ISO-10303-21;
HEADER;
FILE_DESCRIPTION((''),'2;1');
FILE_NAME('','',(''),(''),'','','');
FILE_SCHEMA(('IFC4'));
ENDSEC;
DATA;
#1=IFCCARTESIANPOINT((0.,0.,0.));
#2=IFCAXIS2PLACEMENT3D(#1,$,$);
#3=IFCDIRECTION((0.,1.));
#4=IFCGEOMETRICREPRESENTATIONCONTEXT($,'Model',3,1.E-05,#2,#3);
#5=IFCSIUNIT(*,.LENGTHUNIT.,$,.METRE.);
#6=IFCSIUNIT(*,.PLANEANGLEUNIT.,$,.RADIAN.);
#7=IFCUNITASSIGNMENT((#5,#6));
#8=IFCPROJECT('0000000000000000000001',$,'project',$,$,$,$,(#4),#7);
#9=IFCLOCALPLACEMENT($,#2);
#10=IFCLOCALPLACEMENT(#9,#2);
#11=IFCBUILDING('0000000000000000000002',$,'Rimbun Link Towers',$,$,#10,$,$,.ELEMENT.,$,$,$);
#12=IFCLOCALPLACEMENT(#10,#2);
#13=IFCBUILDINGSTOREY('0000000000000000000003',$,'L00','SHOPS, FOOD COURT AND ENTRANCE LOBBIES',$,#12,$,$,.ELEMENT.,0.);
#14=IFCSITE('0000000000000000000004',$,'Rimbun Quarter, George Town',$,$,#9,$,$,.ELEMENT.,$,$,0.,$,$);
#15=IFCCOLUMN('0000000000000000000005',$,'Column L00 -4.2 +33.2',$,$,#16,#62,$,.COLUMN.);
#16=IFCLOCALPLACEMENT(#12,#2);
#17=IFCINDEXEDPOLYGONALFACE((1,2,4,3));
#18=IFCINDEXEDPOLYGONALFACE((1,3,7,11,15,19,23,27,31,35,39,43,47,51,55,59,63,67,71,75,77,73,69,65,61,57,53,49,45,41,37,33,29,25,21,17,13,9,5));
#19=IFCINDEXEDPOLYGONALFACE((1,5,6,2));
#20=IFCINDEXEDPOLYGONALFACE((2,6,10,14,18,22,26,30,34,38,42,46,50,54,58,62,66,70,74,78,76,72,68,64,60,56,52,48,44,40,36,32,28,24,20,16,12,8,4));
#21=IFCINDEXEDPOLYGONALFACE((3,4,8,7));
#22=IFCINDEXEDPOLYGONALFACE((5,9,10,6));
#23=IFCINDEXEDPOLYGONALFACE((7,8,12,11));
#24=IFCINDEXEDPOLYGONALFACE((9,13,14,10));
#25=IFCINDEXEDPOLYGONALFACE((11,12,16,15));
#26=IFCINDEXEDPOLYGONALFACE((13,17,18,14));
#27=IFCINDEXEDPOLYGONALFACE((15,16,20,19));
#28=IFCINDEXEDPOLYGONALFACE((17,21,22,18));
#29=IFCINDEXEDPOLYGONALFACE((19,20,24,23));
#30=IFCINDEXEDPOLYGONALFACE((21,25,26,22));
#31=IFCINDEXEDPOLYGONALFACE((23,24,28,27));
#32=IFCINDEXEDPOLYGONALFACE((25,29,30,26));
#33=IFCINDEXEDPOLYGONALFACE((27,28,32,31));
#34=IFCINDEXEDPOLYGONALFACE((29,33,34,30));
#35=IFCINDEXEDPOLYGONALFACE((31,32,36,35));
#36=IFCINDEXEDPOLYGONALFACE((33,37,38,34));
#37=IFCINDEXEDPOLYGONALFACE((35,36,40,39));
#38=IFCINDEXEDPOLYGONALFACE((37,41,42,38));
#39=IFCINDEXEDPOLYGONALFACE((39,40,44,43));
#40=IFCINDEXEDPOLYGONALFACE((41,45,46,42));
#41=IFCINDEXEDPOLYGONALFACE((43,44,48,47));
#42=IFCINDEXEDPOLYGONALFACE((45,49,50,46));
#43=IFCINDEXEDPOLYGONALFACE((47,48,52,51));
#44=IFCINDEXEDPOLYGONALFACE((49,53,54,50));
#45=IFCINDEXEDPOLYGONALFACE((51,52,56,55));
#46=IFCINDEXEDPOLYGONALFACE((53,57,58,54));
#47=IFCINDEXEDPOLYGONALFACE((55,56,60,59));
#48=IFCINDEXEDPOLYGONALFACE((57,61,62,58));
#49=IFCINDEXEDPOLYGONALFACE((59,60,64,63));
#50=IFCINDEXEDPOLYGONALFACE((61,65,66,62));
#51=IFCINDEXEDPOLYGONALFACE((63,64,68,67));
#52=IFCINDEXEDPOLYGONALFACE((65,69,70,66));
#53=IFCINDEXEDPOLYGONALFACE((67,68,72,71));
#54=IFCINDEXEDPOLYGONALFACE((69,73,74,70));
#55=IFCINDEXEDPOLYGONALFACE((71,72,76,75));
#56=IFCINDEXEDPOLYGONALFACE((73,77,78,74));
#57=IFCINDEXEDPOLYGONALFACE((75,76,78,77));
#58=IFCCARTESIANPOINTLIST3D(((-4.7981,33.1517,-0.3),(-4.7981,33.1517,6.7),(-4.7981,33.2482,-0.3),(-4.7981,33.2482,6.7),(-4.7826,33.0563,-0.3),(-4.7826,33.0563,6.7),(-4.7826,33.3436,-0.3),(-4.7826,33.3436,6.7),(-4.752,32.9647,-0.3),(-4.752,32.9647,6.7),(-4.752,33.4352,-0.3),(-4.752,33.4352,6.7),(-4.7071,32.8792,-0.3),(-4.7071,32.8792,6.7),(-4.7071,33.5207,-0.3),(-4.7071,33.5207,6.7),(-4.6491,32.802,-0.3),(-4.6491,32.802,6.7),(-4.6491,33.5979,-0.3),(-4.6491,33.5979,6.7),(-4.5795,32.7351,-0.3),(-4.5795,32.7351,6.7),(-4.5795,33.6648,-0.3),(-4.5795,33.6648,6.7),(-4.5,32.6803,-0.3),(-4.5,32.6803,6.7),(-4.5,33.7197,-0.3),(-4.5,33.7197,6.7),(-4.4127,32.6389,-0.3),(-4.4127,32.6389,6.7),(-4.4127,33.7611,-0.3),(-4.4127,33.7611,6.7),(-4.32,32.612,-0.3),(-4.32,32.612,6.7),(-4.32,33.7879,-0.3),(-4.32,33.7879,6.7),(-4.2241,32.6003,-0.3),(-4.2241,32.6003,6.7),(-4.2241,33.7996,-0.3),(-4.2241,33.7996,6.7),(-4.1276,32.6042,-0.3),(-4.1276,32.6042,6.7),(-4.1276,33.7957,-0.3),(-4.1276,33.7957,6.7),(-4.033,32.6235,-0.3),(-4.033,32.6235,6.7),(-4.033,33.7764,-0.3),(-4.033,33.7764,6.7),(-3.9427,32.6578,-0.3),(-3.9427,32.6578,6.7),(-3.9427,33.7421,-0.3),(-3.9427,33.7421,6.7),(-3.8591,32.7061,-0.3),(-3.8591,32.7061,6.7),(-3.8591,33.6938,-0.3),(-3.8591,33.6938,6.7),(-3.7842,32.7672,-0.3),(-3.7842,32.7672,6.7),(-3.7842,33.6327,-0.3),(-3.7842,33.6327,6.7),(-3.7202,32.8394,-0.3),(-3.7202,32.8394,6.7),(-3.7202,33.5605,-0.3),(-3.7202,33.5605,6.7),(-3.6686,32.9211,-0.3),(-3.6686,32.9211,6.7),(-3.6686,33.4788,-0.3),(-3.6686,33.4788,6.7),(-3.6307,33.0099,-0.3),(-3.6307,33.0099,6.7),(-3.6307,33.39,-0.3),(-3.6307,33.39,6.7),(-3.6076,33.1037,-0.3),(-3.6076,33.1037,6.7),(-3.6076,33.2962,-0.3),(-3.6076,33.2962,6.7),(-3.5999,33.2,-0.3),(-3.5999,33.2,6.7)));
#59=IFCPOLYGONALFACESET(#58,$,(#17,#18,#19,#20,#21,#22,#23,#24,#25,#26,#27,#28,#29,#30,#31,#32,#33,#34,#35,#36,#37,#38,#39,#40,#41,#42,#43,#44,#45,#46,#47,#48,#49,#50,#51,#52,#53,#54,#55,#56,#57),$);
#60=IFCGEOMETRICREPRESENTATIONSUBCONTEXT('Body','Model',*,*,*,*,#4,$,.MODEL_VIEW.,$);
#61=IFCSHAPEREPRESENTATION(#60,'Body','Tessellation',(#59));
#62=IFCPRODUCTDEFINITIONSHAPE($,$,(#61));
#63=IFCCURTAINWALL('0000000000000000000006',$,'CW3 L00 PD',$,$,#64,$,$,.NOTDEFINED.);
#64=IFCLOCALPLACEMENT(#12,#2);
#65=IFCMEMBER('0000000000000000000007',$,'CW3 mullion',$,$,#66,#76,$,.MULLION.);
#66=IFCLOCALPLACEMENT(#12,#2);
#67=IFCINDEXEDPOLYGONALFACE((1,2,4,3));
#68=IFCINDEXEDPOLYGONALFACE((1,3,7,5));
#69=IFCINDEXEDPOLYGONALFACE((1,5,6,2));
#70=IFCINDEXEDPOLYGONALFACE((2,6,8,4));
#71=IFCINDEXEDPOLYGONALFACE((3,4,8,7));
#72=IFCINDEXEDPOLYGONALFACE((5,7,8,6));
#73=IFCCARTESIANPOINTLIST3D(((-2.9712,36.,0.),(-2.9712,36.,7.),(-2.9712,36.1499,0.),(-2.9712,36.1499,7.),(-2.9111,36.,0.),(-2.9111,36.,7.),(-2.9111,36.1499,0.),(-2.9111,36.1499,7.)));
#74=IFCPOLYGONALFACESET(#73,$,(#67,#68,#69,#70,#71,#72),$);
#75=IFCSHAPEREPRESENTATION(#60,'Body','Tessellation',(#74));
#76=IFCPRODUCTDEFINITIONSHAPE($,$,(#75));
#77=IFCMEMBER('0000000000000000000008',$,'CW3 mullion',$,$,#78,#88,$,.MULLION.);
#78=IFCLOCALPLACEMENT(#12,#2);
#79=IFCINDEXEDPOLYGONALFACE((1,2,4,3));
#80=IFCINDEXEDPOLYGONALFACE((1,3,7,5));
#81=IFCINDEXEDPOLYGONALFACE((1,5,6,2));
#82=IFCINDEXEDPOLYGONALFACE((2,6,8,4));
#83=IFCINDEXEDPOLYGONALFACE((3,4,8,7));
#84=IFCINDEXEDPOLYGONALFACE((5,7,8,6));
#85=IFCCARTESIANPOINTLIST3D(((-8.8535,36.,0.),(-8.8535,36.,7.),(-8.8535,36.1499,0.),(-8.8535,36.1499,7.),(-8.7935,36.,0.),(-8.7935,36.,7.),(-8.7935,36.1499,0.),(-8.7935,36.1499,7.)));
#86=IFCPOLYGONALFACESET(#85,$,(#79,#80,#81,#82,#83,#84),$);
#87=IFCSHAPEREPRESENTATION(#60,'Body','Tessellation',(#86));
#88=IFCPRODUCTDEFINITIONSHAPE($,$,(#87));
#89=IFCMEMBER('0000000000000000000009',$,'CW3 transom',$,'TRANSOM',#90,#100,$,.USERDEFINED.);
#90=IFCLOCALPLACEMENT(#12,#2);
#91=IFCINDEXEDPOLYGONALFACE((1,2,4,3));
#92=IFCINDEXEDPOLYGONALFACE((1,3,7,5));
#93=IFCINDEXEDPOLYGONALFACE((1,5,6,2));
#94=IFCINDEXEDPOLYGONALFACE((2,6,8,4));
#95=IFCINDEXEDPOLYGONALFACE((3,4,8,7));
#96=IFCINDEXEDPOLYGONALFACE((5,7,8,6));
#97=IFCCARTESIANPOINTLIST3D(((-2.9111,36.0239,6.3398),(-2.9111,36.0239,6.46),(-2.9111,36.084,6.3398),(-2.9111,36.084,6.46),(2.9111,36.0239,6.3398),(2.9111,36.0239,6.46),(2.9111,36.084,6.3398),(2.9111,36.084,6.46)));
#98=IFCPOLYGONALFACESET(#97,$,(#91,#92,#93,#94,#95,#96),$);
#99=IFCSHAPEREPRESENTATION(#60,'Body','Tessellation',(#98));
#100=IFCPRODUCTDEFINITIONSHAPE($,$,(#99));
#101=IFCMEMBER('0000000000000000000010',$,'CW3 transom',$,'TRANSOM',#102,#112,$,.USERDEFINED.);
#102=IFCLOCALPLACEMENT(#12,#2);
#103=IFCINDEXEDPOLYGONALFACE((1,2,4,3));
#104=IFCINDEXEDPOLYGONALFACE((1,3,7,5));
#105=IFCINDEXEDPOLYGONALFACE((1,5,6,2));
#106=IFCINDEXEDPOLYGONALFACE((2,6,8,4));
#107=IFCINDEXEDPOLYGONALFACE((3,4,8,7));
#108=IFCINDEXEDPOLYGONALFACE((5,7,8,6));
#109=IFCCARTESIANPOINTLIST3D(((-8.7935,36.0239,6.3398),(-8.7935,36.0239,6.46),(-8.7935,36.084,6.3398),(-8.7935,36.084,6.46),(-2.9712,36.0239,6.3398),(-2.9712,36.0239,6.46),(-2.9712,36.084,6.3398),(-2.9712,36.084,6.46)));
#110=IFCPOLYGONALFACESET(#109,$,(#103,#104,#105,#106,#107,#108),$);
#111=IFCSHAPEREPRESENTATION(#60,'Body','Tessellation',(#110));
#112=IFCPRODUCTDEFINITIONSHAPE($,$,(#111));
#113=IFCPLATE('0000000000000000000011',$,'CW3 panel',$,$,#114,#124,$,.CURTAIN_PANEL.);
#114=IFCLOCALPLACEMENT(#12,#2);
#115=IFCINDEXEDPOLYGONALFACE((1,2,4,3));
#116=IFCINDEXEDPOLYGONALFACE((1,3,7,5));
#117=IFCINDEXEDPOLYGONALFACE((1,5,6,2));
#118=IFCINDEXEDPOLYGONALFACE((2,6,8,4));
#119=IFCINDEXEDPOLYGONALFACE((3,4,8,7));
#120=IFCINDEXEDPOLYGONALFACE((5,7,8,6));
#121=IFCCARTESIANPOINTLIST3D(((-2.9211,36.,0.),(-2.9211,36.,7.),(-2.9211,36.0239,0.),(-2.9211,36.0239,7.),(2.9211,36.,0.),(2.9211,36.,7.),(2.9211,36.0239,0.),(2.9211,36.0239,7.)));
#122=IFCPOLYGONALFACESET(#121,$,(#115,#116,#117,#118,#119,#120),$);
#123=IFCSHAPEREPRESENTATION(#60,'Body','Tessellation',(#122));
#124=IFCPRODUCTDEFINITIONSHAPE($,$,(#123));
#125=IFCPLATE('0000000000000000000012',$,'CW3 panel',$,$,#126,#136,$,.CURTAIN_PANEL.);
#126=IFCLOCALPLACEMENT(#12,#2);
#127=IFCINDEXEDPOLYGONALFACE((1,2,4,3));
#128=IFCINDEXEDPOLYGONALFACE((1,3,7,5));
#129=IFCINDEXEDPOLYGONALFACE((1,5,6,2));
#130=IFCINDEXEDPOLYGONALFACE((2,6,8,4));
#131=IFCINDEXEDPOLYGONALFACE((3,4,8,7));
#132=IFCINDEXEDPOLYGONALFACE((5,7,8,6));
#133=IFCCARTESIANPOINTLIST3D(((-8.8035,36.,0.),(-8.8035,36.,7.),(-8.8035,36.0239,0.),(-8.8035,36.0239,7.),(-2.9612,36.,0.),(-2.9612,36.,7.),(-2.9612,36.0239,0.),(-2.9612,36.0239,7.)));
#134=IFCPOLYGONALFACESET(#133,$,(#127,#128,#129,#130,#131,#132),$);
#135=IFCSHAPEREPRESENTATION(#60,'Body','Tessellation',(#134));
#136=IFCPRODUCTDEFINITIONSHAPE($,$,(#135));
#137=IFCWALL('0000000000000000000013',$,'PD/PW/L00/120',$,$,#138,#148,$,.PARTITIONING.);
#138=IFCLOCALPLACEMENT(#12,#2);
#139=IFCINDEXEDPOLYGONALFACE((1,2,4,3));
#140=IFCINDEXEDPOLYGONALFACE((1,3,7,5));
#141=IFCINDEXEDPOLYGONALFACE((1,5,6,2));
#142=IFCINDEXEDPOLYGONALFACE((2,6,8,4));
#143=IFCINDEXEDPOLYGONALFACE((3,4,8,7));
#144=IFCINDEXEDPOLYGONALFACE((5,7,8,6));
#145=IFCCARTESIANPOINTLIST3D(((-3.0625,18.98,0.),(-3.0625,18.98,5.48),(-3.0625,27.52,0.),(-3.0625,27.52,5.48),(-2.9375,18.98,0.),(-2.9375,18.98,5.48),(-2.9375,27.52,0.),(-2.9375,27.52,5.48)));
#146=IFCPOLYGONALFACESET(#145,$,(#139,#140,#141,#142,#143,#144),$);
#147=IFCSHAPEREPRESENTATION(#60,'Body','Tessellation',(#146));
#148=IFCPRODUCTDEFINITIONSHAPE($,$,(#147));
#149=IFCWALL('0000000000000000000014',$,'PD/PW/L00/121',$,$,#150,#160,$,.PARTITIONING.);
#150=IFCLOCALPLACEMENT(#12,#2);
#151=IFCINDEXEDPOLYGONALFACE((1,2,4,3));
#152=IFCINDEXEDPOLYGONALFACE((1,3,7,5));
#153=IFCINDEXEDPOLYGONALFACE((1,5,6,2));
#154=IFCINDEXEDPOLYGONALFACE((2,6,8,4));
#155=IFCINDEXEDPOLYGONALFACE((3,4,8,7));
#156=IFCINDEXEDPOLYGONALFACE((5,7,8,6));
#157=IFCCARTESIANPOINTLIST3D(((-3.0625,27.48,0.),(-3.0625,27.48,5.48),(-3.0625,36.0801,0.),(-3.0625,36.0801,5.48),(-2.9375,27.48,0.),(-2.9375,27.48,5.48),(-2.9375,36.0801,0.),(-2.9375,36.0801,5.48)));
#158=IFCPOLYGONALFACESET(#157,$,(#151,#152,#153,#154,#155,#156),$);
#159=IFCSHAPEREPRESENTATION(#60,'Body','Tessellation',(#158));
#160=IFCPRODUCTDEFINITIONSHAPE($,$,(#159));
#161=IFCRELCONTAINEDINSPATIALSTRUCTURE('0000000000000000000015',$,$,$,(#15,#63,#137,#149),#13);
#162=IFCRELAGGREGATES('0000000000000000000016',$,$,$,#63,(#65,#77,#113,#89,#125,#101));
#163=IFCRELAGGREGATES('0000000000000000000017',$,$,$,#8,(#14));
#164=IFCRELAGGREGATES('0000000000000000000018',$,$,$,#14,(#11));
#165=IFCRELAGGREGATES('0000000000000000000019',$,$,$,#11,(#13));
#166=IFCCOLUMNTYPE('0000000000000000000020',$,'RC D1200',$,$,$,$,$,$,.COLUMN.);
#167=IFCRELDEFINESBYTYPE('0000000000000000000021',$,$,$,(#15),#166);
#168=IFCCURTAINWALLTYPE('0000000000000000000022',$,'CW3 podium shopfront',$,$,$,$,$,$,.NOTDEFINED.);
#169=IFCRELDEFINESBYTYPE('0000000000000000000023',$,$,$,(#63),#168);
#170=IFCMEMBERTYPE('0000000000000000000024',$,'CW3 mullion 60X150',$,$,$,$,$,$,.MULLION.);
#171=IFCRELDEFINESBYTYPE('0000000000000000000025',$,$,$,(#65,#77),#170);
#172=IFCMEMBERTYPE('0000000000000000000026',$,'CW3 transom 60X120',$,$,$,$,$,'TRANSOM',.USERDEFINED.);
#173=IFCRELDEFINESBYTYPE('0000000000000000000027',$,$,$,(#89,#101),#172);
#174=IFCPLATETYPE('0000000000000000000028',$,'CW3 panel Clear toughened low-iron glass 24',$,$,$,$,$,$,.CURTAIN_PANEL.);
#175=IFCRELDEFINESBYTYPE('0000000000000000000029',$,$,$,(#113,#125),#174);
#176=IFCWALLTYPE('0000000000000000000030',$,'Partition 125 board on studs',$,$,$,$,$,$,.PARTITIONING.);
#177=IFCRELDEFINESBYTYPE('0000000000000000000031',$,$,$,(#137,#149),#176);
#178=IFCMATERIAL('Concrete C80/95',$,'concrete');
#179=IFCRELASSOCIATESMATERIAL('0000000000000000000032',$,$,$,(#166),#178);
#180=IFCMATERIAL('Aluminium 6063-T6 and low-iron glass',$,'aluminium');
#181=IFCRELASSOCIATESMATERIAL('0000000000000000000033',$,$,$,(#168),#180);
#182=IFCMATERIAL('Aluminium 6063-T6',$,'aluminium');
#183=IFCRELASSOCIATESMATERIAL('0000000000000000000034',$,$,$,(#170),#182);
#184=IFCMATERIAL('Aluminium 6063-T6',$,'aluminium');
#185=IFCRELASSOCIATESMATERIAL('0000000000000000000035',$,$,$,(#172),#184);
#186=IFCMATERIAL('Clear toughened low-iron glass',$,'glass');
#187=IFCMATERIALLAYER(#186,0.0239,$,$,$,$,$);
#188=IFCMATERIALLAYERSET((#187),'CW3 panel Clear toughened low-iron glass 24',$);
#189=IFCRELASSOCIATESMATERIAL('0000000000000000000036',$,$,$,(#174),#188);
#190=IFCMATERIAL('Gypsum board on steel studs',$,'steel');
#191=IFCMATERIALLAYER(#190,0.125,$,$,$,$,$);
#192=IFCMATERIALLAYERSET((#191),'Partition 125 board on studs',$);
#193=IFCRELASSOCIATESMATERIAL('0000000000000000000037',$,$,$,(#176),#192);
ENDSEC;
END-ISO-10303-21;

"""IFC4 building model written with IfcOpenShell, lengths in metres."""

from ifc_helpers import new_model, si_unit, direction, frame, frame_2d, origin, origin_2d, place, context, subcontext, project, spatial, rectangle, circle, extrude, material, layer, layer_set, material_profile, profile_set, type_object, element, aggregate, save


model = new_model("IFC4")

# Units and contexts
model_context = context("Model", 3, precision=1e-05, world=origin(), true_north=direction((0.0, 1.0)))
body_context = subcontext(model_context, "Body", "Model", "MODEL_VIEW")
ifc_project = project(units=[si_unit("LENGTHUNIT", "METRE"), si_unit("PLANEANGLEUNIT", "RADIAN")], contexts=[model_context])

# Site, building, storey
site_placement = place(None, origin())
site = spatial("IfcSite", under=ifc_project, at=site_placement, Name="Rimbun Quarter, George Town", CompositionType="ELEMENT", RefElevation=0.0)
building_placement = place(site_placement, origin())
building = spatial("IfcBuilding", under=site, at=building_placement, Name="Rimbun Link Towers", CompositionType="ELEMENT")
storey_placement = place(building_placement, origin())
storey = spatial("IfcBuildingStorey", under=building, at=storey_placement, Name="L00", Description="SHOPS, FOOD COURT AND ENTRANCE LOBBIES", CompositionType="ELEMENT", Elevation=0.0)

# Column
ifc_material_1 = material(Name="Concrete C80/95", Category="concrete")
ifc_material_profile_1 = material_profile(ifc_material_1, circle(Radius=0.6001, at=origin_2d()), Name="RC D1200")
ifc_profile_set_1 = profile_set([ifc_material_profile_1], Name="Concrete C80/95")
column_type = type_object("IfcColumnType", Name="RC D1200", PredefinedType="COLUMN", material=ifc_profile_set_1)
column_1_placement = place(storey_placement, frame((-4.2, 33.2, -0.3), z_axis=(0.0, 0.0, 1.0), x_axis=(1.0, 0.0, 0.0)))
element("IfcColumn", 1, at=column_1_placement, inside=storey, type_object=column_type, Name="Column L00 -4.2 +33.2", PredefinedType="COLUMN", context=body_context, shape_type="SweptSolid", body=[
    extrude(circle(Radius=0.6001, at=origin_2d()), origin(), (0.0, 0.0, 1.0), 7.0),
])

# Curtain wall, members, plates
ifc_material_2 = material(Name="Aluminium 6063-T6 and low-iron glass", Category="aluminium")
curtain_wall_type = type_object("IfcCurtainWallType", Name="CW3 podium shopfront", PredefinedType="NOTDEFINED", material=ifc_material_2)
curtain_wall_placement = place(storey_placement, origin())
curtain_wall = element("IfcCurtainWall", 2, at=curtain_wall_placement, inside=storey, type_object=curtain_wall_type, Name="CW3 L00 PD", PredefinedType="NOTDEFINED")
ifc_material_3 = material(Name="Aluminium 6063-T6", Category="aluminium")
ifc_material_profile_2 = material_profile(ifc_material_3, rectangle(XDim=0.1499, YDim=0.0601, at=origin_2d()), Name="MULLION 60X150")
ifc_profile_set_2 = profile_set([ifc_material_profile_2], Name="Aluminium 6063-T6")
member_type_1 = type_object("IfcMemberType", Name="CW3 mullion 60X150", PredefinedType="MULLION", material=ifc_profile_set_2)
member_1_placement = place(storey_placement, frame((-2.9412, 36.075, 0.0), z_axis=(0.0, 0.0, 1.0), x_axis=(0.0, 1.0, 0.0)))
member_1 = element("IfcMember", 3, at=member_1_placement, type_object=member_type_1, Name="CW3 mullion", PredefinedType="MULLION", context=body_context, shape_type="SweptSolid", body=[
    extrude(rectangle(XDim=0.1499, YDim=0.0601, at=origin_2d()), origin(), (0.0, 0.0, 1.0), 7.0),
])
member_2_placement = place(storey_placement, frame((-8.8235, 36.075, 0.0), z_axis=(0.0, 0.0, 1.0), x_axis=(0.0, 1.0, 0.0)))
member_2 = element("IfcMember", 4, at=member_2_placement, type_object=member_type_1, Name="CW3 mullion", PredefinedType="MULLION", context=body_context, shape_type="SweptSolid", body=[
    extrude(rectangle(XDim=0.1499, YDim=0.0601, at=origin_2d()), origin(), (0.0, 0.0, 1.0), 7.0),
])
ifc_material_4 = material(Name="Aluminium 6063-T6", Category="aluminium")
ifc_material_profile_3 = material_profile(ifc_material_4, rectangle(XDim=0.0601, YDim=0.1201, at=origin_2d()), Name="TRANSOM 60X120")
ifc_profile_set_3 = profile_set([ifc_material_profile_3], Name="Aluminium 6063-T6")
member_type_2 = type_object("IfcMemberType", Name="CW3 transom 60X120", ElementType="TRANSOM", PredefinedType="USERDEFINED", material=ifc_profile_set_3)
member_3_placement = place(storey_placement, frame((-2.9111, 36.054, 6.3999), z_axis=(1.0, 0.0, 0.0), x_axis=(0.0, 1.0, 0.0)))
member_3 = element("IfcMember", 5, at=member_3_placement, type_object=member_type_2, Name="CW3 transom", ObjectType="TRANSOM", PredefinedType="USERDEFINED", context=body_context, shape_type="SweptSolid", body=[
    extrude(rectangle(XDim=0.0601, YDim=0.1201, at=origin_2d()), origin(), (0.0, 0.0, 1.0), 5.8223),
])
member_4_placement = place(storey_placement, frame((-8.7935, 36.054, 6.3999), z_axis=(1.0, 0.0, 0.0), x_axis=(0.0, 1.0, 0.0)))
member_4 = element("IfcMember", 6, at=member_4_placement, type_object=member_type_2, Name="CW3 transom", ObjectType="TRANSOM", PredefinedType="USERDEFINED", context=body_context, shape_type="SweptSolid", body=[
    extrude(rectangle(XDim=0.0601, YDim=0.1201, at=origin_2d()), origin(), (0.0, 0.0, 1.0), 5.8223),
])
ifc_material_5 = material(Name="Clear toughened low-iron glass", Category="glass")
ifc_layer_1 = layer(ifc_material_5, 0.0239)
ifc_layer_set_1 = layer_set([ifc_layer_1], Name="CW3 panel Clear toughened low-iron glass 24")
plate_type = type_object("IfcPlateType", Name="CW3 panel Clear toughened low-iron glass 24", PredefinedType="CURTAIN_PANEL", material=ifc_layer_set_1)
plate_1_placement = place(storey_placement, frame((0.0, 36.012, 0.0), z_axis=(0.0, 0.0, 1.0), x_axis=(1.0, 0.0, 0.0)))
plate_1 = element("IfcPlate", 7, at=plate_1_placement, type_object=plate_type, Name="CW3 panel", PredefinedType="CURTAIN_PANEL", context=body_context, shape_type="SweptSolid", body=[
    extrude(rectangle(XDim=5.8423, YDim=0.0239, at=origin_2d()), origin(), (0.0, 0.0, 1.0), 7.0),
])
plate_2_placement = place(storey_placement, frame((-5.8823, 36.012, 0.0), z_axis=(0.0, 0.0, 1.0), x_axis=(1.0, 0.0, 0.0)))
plate_2 = element("IfcPlate", 8, at=plate_2_placement, type_object=plate_type, Name="CW3 panel", PredefinedType="CURTAIN_PANEL", context=body_context, shape_type="SweptSolid", body=[
    extrude(rectangle(XDim=5.8423, YDim=0.0239, at=origin_2d()), origin(), (0.0, 0.0, 1.0), 7.0),
])
aggregate(curtain_wall, [member_1, member_2, plate_1, member_3, plate_2, member_4])

# Walls
ifc_material_6 = material(Name="Gypsum board on steel studs", Category="steel")
ifc_layer_2 = layer(ifc_material_6, 0.125)
ifc_layer_set_2 = layer_set([ifc_layer_2], Name="Partition 125 board on studs")
wall_type = type_object("IfcWallType", Name="Partition 125 board on studs", PredefinedType="PARTITIONING", material=ifc_layer_set_2)
wall_1_placement = place(storey_placement, frame((-3.0, 27.52, 0.0), z_axis=(0.0, 0.0, 1.0), x_axis=(0.0, -1.0, 0.0)))
element("IfcWall", 9, at=wall_1_placement, inside=storey, type_object=wall_type, Name="PD/PW/L00/120", PredefinedType="PARTITIONING", context=body_context, shape_type="SweptSolid", body=[
    extrude(rectangle(XDim=8.54, YDim=0.125, at=frame_2d((4.27, 0.0))), origin(), (0.0, 0.0, 1.0), 5.48),
])
wall_2_placement = place(storey_placement, frame((-3.0, 36.0801, 0.0), z_axis=(0.0, 0.0, 1.0), x_axis=(0.0, -1.0, 0.0)))
element("IfcWall", 10, at=wall_2_placement, inside=storey, type_object=wall_type, Name="PD/PW/L00/121", PredefinedType="PARTITIONING", context=body_context, shape_type="SweptSolid", body=[
    extrude(rectangle(XDim=8.6001, YDim=0.125, at=frame_2d((4.3, 0.0))), origin(), (0.0, 0.0, 1.0), 5.48),
])

save(model, "model.ifc")
